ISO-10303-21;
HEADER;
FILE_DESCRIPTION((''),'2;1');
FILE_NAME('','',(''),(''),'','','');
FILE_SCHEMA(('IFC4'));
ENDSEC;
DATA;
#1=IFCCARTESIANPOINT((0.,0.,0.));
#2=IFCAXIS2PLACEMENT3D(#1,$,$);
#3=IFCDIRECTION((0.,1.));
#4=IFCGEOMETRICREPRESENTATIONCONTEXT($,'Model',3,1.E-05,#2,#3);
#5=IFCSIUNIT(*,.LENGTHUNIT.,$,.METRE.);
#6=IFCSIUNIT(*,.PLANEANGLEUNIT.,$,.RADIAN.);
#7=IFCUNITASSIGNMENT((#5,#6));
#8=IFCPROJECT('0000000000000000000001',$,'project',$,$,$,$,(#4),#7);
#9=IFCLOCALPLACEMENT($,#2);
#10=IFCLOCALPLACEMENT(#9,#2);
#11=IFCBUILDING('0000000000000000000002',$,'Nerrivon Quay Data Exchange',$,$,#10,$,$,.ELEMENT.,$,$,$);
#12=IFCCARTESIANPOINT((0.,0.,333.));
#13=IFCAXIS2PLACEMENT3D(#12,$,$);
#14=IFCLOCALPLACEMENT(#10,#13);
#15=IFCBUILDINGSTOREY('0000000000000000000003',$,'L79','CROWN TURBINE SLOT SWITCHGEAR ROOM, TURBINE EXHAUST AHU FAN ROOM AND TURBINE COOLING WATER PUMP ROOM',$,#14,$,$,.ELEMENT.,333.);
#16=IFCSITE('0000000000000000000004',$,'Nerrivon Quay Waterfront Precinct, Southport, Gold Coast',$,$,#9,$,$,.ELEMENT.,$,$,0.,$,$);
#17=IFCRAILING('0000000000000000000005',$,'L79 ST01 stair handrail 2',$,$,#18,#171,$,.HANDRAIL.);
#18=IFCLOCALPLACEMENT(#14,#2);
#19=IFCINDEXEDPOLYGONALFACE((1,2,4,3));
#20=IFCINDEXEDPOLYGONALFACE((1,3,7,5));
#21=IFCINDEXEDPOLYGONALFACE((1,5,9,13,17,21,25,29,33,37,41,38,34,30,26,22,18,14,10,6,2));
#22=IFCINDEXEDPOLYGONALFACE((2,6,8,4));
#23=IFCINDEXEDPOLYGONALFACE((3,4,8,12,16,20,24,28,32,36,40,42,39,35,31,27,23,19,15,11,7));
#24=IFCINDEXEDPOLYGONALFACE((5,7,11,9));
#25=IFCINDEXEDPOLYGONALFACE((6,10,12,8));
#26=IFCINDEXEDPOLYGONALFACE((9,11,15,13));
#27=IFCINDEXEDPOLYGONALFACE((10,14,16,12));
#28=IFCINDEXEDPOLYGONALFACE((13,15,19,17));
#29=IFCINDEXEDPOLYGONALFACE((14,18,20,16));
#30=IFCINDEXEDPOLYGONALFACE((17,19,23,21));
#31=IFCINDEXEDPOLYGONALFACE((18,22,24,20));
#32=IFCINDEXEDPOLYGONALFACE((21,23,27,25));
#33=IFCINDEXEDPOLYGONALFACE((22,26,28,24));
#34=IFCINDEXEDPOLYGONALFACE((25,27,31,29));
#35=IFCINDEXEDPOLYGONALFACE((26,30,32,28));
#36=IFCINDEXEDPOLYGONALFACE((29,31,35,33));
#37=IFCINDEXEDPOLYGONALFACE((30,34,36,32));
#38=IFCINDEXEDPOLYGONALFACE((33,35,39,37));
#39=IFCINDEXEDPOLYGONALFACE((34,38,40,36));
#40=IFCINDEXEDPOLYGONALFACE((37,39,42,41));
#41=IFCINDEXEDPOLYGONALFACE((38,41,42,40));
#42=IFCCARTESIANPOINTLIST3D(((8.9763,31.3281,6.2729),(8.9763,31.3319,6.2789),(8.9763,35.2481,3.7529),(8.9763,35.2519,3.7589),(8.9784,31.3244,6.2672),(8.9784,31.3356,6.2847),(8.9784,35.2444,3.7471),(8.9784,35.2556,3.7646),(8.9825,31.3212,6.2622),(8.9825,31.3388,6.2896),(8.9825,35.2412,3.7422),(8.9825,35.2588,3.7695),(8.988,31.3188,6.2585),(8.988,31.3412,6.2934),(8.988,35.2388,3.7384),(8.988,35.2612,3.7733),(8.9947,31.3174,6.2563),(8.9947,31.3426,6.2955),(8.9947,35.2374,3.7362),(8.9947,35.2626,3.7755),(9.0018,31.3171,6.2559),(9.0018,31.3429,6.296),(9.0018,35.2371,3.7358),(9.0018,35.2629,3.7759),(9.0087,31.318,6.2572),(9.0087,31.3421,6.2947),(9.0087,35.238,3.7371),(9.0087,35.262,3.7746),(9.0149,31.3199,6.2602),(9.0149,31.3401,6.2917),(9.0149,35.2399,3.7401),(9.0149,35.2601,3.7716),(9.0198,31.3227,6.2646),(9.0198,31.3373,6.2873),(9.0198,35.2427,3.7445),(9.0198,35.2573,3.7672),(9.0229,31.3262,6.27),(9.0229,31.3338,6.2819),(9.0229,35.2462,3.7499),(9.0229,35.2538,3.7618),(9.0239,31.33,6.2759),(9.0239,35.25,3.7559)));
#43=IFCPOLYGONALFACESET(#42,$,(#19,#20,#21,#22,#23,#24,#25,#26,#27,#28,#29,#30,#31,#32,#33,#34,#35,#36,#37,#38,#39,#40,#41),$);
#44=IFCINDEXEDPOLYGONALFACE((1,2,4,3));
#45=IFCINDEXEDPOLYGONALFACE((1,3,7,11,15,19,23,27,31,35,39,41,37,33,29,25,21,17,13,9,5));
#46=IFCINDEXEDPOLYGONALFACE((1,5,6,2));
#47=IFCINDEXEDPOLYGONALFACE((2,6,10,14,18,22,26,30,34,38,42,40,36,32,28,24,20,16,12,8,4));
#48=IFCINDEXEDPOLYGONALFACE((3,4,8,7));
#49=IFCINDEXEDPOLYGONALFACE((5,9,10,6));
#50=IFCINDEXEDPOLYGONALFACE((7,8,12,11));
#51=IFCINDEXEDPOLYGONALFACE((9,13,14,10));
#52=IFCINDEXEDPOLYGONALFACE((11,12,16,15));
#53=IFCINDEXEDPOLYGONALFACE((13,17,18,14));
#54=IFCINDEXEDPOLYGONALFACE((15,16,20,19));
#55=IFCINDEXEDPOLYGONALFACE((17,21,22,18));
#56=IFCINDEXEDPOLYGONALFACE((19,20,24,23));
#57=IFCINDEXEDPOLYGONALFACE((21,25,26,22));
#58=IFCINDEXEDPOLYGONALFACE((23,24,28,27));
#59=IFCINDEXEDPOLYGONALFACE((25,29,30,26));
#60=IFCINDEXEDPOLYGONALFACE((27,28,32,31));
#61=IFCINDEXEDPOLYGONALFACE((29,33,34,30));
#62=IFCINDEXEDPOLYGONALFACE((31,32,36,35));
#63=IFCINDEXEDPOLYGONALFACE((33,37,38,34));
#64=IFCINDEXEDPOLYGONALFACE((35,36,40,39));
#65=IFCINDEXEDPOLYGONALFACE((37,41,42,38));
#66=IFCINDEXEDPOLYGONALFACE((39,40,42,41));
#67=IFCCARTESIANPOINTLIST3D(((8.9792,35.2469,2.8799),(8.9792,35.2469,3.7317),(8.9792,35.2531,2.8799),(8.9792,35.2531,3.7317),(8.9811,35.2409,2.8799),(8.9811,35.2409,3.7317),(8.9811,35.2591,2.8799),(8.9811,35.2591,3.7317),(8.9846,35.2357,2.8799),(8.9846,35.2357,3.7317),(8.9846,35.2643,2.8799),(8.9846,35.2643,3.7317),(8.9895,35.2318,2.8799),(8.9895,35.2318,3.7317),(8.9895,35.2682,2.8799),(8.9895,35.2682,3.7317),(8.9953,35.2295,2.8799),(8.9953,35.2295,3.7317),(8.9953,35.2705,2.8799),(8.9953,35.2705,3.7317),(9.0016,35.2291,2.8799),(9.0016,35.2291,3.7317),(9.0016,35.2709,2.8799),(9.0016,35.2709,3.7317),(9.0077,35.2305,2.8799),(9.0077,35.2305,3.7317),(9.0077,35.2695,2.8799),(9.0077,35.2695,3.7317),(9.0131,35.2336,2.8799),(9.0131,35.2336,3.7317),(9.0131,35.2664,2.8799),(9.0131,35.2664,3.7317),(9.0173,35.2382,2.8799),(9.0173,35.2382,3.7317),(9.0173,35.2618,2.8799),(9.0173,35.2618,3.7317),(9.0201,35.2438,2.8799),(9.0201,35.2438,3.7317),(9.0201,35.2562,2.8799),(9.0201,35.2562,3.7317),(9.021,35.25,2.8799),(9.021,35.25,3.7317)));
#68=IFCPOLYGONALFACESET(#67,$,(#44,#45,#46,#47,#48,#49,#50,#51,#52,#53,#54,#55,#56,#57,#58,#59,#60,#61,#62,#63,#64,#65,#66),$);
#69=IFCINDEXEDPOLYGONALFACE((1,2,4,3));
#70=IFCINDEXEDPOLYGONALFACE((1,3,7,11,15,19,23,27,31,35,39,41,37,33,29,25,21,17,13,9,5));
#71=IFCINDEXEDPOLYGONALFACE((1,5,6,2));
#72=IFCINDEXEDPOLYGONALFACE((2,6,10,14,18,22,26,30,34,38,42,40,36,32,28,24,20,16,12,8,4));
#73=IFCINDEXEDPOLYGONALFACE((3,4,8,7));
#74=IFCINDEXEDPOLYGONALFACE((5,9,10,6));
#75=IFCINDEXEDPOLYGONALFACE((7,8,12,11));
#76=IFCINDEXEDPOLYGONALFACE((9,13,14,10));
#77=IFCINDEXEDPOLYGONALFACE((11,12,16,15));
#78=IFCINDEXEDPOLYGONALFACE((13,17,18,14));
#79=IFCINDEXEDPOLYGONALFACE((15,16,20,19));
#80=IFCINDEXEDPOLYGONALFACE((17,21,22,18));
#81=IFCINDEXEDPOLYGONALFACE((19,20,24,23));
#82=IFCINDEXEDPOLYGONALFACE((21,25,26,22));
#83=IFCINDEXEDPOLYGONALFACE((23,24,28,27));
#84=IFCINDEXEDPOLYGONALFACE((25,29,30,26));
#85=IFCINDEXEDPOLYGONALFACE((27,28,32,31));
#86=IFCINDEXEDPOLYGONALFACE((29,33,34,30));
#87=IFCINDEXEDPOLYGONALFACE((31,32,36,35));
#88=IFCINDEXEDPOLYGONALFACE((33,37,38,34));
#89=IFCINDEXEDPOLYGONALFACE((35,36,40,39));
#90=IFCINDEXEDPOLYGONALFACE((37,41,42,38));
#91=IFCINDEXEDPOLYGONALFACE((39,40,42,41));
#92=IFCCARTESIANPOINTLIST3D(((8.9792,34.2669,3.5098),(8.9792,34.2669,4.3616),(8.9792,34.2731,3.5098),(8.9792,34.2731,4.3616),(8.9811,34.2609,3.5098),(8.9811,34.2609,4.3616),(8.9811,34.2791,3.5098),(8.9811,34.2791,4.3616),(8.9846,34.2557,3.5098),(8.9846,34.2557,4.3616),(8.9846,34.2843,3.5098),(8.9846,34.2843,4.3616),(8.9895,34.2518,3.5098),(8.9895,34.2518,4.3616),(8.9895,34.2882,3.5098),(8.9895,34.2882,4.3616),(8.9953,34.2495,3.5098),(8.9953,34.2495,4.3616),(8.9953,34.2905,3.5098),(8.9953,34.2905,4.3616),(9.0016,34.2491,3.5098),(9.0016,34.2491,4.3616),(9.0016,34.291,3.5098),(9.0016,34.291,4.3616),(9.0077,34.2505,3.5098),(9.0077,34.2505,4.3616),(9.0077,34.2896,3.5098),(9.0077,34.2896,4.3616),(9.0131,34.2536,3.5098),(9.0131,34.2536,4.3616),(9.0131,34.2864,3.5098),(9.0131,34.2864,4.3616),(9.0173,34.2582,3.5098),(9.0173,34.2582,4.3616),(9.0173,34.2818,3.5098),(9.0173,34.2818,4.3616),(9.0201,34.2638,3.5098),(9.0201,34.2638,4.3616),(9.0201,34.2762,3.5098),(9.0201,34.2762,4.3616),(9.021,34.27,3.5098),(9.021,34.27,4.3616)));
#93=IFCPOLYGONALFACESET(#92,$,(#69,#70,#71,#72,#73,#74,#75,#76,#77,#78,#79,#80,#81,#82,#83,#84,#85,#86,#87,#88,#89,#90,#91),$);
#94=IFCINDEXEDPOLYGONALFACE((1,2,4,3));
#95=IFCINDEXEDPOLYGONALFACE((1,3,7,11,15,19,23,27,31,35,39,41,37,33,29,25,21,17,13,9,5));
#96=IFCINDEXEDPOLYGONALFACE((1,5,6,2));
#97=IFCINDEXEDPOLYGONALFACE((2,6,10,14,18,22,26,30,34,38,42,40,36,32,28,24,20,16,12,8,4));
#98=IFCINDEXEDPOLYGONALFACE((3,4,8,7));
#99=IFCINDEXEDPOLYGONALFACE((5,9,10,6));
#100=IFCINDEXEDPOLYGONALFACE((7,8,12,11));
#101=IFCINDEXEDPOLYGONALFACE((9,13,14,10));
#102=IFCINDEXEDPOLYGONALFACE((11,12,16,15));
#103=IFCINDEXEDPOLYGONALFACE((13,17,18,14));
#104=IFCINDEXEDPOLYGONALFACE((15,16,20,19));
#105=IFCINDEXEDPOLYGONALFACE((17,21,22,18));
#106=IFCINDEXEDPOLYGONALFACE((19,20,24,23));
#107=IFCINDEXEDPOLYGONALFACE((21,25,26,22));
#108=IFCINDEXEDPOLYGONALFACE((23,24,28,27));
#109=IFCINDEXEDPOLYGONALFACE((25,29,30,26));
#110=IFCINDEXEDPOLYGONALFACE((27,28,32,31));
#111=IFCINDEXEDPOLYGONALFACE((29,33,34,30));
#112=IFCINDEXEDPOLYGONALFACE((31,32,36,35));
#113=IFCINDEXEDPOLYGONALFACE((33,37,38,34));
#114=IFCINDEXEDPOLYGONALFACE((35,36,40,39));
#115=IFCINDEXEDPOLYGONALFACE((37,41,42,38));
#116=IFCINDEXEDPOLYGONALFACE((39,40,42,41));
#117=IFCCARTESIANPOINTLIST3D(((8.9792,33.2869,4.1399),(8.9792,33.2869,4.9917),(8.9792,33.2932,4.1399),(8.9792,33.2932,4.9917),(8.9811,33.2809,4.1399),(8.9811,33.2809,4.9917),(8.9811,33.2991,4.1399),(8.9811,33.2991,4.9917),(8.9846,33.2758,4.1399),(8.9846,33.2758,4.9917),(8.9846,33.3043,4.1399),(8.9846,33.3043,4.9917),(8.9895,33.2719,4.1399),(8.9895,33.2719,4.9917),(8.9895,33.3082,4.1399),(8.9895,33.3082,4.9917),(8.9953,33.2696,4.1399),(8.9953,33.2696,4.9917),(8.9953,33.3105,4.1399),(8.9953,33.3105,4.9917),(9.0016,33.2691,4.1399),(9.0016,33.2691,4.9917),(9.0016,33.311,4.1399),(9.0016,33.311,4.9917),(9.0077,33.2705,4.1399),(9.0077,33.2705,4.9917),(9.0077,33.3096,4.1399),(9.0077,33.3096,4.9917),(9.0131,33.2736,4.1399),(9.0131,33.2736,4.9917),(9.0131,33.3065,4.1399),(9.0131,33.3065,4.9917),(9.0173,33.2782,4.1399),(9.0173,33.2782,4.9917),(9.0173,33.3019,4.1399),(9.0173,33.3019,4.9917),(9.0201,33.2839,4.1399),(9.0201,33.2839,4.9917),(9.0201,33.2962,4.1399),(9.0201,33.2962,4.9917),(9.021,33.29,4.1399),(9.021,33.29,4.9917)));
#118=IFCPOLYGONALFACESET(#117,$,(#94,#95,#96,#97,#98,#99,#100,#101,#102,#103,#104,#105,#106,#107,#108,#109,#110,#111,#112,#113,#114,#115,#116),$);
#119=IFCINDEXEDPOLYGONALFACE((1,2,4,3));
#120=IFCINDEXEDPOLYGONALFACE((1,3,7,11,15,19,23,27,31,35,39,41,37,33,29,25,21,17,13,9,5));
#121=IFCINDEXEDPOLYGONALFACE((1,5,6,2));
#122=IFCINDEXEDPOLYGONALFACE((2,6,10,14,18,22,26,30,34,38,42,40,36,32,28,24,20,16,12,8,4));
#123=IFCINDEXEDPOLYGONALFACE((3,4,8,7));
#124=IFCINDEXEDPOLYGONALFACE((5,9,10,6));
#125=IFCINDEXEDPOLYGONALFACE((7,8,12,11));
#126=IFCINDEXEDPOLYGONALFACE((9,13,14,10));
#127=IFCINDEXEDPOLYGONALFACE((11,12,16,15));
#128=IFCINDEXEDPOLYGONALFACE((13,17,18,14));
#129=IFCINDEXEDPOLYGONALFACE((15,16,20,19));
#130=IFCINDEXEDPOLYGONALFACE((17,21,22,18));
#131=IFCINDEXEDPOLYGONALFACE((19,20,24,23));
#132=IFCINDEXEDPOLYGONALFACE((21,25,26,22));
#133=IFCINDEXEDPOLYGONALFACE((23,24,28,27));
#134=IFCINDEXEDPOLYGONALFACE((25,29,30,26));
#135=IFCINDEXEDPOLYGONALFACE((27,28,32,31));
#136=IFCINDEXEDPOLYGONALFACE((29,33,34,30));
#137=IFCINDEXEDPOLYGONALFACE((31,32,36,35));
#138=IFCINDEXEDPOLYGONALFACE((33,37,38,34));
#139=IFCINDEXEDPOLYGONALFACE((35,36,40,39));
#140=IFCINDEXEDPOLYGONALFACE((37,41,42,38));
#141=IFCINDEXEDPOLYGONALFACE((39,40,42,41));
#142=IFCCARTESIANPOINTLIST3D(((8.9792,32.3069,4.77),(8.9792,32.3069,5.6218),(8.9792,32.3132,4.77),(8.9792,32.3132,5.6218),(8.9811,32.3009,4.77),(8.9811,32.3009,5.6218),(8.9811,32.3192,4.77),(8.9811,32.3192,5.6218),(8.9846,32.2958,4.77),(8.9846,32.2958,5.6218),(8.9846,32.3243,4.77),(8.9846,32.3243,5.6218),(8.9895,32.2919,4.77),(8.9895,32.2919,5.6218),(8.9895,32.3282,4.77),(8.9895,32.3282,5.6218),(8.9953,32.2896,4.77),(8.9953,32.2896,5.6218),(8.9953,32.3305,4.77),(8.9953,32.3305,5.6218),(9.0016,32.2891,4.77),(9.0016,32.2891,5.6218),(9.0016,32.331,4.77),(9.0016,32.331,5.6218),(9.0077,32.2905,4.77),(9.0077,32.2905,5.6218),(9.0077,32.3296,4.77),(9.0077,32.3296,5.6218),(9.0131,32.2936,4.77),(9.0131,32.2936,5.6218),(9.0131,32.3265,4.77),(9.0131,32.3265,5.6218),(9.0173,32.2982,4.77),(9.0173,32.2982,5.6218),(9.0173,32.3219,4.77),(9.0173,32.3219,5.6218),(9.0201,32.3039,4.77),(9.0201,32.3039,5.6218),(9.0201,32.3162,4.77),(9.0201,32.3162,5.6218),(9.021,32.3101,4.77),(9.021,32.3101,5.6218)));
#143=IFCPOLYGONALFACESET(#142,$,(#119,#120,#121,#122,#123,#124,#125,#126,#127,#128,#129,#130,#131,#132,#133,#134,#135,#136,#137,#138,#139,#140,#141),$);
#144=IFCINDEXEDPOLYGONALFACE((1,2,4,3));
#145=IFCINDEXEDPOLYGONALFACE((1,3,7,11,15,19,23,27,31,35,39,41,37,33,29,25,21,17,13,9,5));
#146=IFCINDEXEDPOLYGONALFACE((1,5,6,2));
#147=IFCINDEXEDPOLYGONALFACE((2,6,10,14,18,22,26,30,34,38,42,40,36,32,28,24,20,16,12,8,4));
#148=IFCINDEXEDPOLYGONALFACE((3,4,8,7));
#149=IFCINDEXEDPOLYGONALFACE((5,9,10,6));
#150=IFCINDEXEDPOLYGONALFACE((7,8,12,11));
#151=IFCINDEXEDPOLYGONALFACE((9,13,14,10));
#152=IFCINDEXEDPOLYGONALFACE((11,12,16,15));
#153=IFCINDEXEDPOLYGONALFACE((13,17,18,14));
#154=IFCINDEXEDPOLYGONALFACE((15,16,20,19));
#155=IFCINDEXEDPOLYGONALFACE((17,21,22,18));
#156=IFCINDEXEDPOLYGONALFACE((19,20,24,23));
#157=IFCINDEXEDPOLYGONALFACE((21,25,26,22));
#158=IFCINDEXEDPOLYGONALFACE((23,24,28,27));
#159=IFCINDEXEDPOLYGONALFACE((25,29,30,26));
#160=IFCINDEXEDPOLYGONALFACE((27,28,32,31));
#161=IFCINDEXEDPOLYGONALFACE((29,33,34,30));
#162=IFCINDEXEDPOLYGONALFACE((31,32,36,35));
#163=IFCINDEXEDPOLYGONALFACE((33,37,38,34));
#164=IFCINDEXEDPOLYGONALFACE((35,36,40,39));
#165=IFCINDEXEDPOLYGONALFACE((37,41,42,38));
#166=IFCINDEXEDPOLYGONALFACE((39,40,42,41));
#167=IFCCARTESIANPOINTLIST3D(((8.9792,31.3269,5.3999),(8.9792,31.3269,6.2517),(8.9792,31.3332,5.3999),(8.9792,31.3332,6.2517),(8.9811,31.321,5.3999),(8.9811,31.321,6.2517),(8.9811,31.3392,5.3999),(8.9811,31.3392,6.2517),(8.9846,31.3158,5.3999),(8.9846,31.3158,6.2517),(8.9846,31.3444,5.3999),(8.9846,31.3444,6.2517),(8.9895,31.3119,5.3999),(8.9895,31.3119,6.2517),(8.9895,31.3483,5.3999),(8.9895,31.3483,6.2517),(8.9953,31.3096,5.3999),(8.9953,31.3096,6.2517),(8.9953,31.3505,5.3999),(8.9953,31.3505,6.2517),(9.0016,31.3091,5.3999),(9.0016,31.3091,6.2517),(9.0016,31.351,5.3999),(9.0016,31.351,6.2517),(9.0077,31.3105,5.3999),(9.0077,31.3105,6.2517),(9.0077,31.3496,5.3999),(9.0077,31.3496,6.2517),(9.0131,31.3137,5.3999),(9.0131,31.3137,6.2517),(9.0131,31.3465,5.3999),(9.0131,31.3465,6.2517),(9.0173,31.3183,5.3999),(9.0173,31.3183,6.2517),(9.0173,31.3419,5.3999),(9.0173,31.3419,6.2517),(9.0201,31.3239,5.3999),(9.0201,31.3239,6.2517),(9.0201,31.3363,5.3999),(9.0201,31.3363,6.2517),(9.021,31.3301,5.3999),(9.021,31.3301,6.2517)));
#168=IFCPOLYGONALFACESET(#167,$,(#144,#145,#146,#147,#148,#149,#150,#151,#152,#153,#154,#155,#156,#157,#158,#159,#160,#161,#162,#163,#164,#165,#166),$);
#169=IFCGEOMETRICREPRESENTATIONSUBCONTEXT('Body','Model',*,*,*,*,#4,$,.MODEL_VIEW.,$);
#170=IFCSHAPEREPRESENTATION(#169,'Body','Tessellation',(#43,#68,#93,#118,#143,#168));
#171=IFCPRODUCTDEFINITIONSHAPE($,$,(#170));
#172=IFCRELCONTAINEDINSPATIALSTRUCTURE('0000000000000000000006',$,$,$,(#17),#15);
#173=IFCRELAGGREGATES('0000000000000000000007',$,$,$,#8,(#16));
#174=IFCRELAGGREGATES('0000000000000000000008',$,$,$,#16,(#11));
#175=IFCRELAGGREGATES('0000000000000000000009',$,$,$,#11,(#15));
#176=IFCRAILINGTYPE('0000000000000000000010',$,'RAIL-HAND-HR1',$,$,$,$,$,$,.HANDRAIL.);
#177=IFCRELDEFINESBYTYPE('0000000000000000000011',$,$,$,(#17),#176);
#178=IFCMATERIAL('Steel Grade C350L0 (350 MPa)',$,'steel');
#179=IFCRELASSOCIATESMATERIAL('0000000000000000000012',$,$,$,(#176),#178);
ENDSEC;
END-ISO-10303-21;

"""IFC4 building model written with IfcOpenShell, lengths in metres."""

from ifc_helpers import new_model, si_unit, direction, frame, origin, origin_2d, place, context, subcontext, project, spatial, circle, extrude, material, type_object, element, save


model = new_model("IFC4")

# Units and contexts
model_context = context("Model", 3, precision=1e-05, world=origin(), true_north=direction((0.0, 1.0)))
body_context = subcontext(model_context, "Body", "Model", "MODEL_VIEW")
ifc_project = project(units=[si_unit("LENGTHUNIT", "METRE"), si_unit("PLANEANGLEUNIT", "RADIAN")], contexts=[model_context])

# Site, building, storey
site_placement = place(None, origin())
site = spatial("IfcSite", under=ifc_project, at=site_placement, Name="Nerrivon Quay Waterfront Precinct, Southport, Gold Coast", CompositionType="ELEMENT", RefElevation=0.0)
building_placement = place(site_placement, origin())
building = spatial("IfcBuilding", under=site, at=building_placement, Name="Nerrivon Quay Data Exchange", CompositionType="ELEMENT")
storey_placement = place(building_placement, frame((0.0, 0.0, 333.0)))
storey = spatial("IfcBuildingStorey", under=building, at=storey_placement, Name="L79", Description="CROWN TURBINE SLOT SWITCHGEAR ROOM, TURBINE EXHAUST AHU FAN ROOM AND TURBINE COOLING WATER PUMP ROOM", CompositionType="ELEMENT", Elevation=333.0)

# Railing
ifc_material_1 = material(Name="Steel Grade C350L0 (350 MPa)", Category="steel")
railing_type_1 = type_object("IfcRailingType", Name="RAIL-HAND-HR1", PredefinedType="HANDRAIL", material=ifc_material_1)
railing_1_placement = place(storey_placement, frame((9.0, 35.25, 2.8799)))
element("IfcRailing", 1, at=railing_1_placement, inside=storey, type_object=railing_type_1, Name="L79 ST01 stair handrail 2", PredefinedType="HANDRAIL", context=body_context, shape_type="SweptSolid", body=[
    extrude(circle(Radius=0.0239, at=origin_2d()), frame((0.0, 0.0, 0.876), z_axis=(0.0, -0.841172, 0.540768), x_axis=(1.0, 0.0, 0.0)), (0.0, 0.0, 1.0), 4.6602),
    extrude(circle(Radius=0.021, at=origin_2d()), origin(), (0.0, 0.0, 1.0), 0.8518),
    extrude(circle(Radius=0.021, at=origin_2d()), frame((0.0, -0.98, 0.6299)), (0.0, 0.0, 1.0), 0.8518),
    extrude(circle(Radius=0.021, at=origin_2d()), frame((0.0, -1.96, 1.26)), (0.0, 0.0, 1.0), 0.8518),
    extrude(circle(Radius=0.021, at=origin_2d()), frame((0.0, -2.9399, 1.8901)), (0.0, 0.0, 1.0), 0.8518),
    extrude(circle(Radius=0.021, at=origin_2d()), frame((0.0, -3.9199, 2.52)), (0.0, 0.0, 1.0), 0.8518),
])

save(model, "model.ifc")
